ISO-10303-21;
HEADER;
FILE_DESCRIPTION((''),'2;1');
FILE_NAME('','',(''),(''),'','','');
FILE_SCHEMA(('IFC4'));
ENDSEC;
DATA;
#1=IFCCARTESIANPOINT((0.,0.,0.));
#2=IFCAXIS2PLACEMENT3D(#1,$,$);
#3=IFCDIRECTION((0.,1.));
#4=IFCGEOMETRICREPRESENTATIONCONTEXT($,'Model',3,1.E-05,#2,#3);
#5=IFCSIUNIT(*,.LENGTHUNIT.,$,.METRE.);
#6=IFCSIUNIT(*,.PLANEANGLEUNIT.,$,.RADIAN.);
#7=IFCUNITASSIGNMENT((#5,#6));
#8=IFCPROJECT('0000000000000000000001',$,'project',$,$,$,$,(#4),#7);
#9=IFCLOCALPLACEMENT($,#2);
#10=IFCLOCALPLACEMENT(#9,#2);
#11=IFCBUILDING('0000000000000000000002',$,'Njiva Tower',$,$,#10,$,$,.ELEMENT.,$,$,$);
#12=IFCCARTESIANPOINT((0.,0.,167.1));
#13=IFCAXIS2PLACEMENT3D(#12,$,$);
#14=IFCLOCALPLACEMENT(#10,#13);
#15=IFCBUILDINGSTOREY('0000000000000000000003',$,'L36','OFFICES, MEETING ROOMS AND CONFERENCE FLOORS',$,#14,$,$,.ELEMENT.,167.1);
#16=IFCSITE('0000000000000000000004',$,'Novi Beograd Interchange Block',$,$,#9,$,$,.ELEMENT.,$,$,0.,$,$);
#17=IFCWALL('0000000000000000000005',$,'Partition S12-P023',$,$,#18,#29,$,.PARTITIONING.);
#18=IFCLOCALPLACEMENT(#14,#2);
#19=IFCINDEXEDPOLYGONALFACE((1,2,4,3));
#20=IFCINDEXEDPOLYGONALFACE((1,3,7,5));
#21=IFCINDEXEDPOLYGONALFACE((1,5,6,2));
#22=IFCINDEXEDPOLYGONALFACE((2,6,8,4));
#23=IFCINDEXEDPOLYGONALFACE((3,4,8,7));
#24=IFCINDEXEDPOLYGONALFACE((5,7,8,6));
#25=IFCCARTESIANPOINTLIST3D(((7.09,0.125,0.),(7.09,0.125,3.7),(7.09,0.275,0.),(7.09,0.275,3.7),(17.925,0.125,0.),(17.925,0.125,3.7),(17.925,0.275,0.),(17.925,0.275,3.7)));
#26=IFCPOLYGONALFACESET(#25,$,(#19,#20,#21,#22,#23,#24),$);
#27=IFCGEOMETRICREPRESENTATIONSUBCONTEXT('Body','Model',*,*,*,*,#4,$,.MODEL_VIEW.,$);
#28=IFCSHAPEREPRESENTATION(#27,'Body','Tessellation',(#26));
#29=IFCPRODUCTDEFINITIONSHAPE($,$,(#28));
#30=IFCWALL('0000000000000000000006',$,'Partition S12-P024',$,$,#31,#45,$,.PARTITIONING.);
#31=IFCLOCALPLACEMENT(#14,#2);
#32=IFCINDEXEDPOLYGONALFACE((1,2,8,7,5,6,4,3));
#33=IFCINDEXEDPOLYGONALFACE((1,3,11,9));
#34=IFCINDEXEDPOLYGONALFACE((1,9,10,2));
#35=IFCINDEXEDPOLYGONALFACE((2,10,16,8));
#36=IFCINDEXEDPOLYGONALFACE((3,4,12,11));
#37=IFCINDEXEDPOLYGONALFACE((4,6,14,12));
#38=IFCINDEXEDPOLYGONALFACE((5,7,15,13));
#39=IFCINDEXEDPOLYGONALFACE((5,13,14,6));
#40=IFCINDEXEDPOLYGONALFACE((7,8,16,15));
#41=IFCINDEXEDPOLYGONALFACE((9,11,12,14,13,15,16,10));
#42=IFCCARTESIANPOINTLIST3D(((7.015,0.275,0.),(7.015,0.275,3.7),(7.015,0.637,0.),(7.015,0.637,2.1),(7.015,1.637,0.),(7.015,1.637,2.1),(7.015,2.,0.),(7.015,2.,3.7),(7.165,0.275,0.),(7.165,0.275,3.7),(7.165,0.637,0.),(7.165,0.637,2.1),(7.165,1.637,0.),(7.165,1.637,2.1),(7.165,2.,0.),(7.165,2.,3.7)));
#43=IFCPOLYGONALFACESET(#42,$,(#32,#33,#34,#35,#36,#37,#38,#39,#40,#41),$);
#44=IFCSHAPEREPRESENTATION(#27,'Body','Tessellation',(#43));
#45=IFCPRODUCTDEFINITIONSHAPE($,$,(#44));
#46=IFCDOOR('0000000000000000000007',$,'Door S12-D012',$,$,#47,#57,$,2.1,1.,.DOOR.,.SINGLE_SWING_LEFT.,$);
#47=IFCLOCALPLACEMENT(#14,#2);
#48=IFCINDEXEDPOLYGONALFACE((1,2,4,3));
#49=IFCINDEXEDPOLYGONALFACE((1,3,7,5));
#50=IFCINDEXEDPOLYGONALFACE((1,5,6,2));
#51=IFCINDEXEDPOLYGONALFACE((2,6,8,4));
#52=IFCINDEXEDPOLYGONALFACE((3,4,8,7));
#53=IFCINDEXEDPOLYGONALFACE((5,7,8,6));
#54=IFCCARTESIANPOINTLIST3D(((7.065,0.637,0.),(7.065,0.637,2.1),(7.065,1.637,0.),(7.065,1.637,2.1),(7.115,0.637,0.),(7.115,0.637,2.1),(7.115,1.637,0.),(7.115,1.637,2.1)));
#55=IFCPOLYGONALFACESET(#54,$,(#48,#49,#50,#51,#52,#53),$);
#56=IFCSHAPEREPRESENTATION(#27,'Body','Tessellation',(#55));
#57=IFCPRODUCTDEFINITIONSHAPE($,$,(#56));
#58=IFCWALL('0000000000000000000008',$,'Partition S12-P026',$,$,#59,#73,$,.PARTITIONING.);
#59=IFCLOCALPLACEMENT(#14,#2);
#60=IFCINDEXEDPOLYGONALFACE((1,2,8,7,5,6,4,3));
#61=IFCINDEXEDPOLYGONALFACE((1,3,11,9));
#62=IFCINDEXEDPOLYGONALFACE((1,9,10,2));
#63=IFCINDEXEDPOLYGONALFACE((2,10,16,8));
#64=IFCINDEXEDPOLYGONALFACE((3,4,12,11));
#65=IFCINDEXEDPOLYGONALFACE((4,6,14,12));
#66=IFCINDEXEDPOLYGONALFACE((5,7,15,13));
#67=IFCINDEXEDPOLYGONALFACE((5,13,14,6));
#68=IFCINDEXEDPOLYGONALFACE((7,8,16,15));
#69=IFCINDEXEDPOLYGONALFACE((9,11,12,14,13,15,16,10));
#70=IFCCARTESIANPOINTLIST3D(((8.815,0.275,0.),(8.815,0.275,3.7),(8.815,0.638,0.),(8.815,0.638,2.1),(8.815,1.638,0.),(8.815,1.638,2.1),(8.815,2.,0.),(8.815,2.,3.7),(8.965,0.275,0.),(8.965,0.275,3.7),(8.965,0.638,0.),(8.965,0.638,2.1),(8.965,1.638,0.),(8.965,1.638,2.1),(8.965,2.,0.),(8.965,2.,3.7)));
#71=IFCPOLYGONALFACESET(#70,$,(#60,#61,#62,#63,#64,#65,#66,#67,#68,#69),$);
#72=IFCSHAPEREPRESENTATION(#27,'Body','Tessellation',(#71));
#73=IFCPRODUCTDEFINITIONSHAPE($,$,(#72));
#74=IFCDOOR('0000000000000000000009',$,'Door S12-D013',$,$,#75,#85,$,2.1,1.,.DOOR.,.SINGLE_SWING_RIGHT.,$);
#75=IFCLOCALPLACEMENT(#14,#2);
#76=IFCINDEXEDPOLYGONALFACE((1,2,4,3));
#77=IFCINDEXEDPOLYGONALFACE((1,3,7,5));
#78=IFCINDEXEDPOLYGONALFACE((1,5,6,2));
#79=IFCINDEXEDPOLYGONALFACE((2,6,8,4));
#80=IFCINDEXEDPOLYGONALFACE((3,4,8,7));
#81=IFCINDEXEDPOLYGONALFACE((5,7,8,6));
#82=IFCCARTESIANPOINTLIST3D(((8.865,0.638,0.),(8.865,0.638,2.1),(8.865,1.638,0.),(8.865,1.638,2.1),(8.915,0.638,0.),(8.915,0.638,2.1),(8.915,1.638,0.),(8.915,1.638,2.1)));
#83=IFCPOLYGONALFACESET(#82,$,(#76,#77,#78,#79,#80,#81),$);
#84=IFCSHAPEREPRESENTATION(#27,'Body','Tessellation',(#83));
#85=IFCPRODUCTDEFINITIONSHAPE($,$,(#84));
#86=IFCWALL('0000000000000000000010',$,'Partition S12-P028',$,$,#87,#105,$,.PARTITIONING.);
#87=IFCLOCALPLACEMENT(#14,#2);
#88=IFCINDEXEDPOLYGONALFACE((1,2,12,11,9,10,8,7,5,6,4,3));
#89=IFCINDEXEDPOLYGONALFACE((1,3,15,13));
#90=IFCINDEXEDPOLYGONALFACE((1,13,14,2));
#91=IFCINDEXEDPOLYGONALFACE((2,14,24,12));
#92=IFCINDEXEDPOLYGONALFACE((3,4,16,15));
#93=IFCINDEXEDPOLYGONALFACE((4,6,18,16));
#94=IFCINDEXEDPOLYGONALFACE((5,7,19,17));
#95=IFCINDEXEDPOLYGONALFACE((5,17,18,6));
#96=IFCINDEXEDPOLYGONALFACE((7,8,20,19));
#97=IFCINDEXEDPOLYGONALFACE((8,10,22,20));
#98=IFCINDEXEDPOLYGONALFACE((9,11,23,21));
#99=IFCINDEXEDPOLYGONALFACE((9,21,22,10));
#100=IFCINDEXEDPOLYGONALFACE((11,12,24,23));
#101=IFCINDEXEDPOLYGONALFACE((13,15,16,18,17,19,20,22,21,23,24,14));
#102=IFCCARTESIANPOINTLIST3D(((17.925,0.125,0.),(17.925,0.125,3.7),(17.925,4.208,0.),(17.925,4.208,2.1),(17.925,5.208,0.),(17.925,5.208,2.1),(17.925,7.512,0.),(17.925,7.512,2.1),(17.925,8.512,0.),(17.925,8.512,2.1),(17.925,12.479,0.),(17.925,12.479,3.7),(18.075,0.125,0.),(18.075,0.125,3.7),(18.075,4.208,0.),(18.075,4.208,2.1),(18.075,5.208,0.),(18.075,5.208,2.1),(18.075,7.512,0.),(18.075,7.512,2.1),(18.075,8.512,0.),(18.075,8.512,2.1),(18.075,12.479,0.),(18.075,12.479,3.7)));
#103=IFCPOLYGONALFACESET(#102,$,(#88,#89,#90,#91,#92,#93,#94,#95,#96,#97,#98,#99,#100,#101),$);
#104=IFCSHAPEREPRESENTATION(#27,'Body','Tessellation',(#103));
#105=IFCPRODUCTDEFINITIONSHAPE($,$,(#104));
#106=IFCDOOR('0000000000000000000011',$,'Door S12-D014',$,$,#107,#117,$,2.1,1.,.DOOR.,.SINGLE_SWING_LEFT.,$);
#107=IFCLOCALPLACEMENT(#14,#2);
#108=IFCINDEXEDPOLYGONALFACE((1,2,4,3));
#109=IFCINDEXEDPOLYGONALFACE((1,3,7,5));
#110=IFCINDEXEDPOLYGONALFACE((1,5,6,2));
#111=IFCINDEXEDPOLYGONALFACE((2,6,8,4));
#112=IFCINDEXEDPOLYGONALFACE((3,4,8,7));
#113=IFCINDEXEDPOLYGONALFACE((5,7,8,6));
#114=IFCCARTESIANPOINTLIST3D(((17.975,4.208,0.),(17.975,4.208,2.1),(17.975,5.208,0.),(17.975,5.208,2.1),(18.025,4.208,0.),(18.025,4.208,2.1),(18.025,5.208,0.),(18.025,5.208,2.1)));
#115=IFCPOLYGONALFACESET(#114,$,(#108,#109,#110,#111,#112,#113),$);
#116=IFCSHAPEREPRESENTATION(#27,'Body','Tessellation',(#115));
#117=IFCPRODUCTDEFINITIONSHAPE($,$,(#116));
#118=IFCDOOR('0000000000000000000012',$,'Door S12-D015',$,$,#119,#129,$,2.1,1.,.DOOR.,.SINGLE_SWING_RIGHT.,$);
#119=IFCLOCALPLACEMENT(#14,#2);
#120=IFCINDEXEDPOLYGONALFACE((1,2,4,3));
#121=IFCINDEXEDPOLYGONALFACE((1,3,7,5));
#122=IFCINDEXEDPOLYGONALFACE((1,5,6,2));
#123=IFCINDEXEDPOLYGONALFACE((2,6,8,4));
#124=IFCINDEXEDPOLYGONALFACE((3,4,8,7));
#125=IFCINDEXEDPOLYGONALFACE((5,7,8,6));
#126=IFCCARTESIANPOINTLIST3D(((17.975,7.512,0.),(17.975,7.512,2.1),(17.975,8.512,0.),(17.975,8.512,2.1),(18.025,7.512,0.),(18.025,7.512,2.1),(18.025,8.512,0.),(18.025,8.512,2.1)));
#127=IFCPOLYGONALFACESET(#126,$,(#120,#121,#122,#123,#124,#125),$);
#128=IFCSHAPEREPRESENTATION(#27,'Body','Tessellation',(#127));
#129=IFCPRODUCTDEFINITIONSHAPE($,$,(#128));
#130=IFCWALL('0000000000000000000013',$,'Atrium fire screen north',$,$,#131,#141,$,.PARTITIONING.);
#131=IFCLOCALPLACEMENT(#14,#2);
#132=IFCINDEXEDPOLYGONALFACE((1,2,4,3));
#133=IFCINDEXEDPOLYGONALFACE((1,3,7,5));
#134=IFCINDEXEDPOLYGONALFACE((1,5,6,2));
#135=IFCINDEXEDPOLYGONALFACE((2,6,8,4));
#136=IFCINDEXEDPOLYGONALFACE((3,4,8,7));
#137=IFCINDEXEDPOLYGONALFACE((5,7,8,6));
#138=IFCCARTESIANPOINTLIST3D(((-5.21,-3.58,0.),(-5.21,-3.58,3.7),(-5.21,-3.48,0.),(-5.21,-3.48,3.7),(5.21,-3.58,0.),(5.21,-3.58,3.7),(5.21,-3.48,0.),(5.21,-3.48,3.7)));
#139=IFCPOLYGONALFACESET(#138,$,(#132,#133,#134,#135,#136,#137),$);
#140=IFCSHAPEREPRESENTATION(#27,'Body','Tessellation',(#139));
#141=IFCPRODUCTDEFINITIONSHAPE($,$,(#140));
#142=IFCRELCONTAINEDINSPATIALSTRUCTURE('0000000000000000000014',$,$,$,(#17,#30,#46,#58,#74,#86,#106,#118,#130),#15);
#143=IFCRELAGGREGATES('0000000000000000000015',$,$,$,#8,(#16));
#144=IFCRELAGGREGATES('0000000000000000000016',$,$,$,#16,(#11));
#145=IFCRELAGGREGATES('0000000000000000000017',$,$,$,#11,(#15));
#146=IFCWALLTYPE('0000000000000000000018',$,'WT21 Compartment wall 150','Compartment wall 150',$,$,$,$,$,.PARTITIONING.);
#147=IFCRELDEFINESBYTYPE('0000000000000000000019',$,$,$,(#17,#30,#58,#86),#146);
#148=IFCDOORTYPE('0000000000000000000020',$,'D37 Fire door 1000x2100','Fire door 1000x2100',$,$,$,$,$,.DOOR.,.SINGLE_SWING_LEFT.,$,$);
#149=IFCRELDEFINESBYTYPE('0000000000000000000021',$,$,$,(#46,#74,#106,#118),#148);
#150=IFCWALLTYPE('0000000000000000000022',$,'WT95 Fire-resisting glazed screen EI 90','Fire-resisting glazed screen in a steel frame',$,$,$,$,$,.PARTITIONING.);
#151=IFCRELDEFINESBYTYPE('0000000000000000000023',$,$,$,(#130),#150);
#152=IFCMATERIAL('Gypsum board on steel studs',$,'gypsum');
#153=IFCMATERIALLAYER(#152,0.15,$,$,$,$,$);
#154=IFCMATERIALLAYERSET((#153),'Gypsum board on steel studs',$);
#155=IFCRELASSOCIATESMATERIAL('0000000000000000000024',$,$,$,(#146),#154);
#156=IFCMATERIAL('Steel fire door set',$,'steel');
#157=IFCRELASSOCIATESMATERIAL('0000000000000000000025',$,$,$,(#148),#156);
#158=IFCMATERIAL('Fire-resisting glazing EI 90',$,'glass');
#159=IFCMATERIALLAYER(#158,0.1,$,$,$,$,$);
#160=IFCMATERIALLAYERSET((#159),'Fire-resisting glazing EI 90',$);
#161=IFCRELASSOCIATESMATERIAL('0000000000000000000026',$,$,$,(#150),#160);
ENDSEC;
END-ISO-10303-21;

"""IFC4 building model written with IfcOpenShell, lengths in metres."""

from ifc_helpers import new_model, si_unit, direction, frame, frame_2d, origin, place, context, subcontext, project, spatial, rectangle, extrude, material, layer, layer_set, type_object, element, fill, save


model = new_model("IFC4")

# Units and contexts
model_context = context("Model", 3, precision=1e-05, world=origin(), true_north=direction((0.0, 1.0)))
body_context = subcontext(model_context, "Body", "Model", "MODEL_VIEW")
ifc_project = project(units=[si_unit("LENGTHUNIT", "METRE"), si_unit("PLANEANGLEUNIT", "RADIAN")], contexts=[model_context])

# Site, building, storey
site_placement = place(None, origin())
site = spatial("IfcSite", under=ifc_project, at=site_placement, Name="Novi Beograd Interchange Block", CompositionType="ELEMENT", RefElevation=0.0)
building_placement = place(site_placement, origin())
building = spatial("IfcBuilding", under=site, at=building_placement, Name="Njiva Tower", CompositionType="ELEMENT")
storey_placement = place(building_placement, frame((0.0, 0.0, 167.1)))
storey = spatial("IfcBuildingStorey", under=building, at=storey_placement, Name="L36", Description="OFFICES, MEETING ROOMS AND CONFERENCE FLOORS", CompositionType="ELEMENT", Elevation=167.1)

# Wall
ifc_material_1 = material(Name="Gypsum board on steel studs", Category="gypsum")
ifc_layer_1 = layer(ifc_material_1, 0.15)
ifc_layer_set_1 = layer_set([ifc_layer_1], Name="Gypsum board on steel studs")
wall_type_1 = type_object("IfcWallType", Name="WT21 Compartment wall 150", Description="Compartment wall 150", PredefinedType="PARTITIONING", material=ifc_layer_set_1)
wall_1_placement = place(storey_placement, frame((7.09, 0.2, 0.0), z_axis=(0.0, 0.0, 1.0), x_axis=(1.0, 0.0, 0.0)))
element("IfcWall", 1, at=wall_1_placement, inside=storey, type_object=wall_type_1, Name="Partition S12-P023", PredefinedType="PARTITIONING", context=body_context, shape_type="SweptSolid", body=[
    extrude(rectangle(XDim=10.835, YDim=0.15, at=frame_2d((5.4175, 0.0))), origin(), (0.0, 0.0, 1.0), 3.7),
])

# Walls, openings, doors
wall_2_placement = place(storey_placement, frame((7.09, 0.275, 0.0), z_axis=(0.0, 0.0, 1.0), x_axis=(0.0, 1.0, 0.0)))
wall_2 = element("IfcWall", 2, at=wall_2_placement, inside=storey, type_object=wall_type_1, Name="Partition S12-P024", PredefinedType="PARTITIONING", context=body_context, shape_type="SweptSolid", body=[
    extrude(rectangle(XDim=1.725, YDim=0.15, at=frame_2d((0.8625, 0.0))), origin(), (0.0, 0.0, 1.0), 3.7),
])
opening_1_placement = place(wall_2_placement, frame((0.362, 0.0, 0.0)))
opening_1 = element("IfcOpeningElement", 3, at=opening_1_placement, cuts=wall_2, PredefinedType="OPENING", context=body_context, shape_type="SweptSolid", body=[
    extrude(rectangle(XDim=1.0, YDim=2.1, at=frame_2d((0.5, 1.05))), frame((0.0, 0.085, 0.0), z_axis=(0.0, -1.0, 0.0), x_axis=(1.0, 0.0, 0.0)), (0.0, 0.0, 1.0), 0.17),
])
ifc_material_2 = material(Name="Steel fire door set", Category="steel")
door_type = type_object("IfcDoorType", Name="D37 Fire door 1000x2100", Description="Fire door 1000x2100", OperationType="SINGLE_SWING_LEFT", PredefinedType="DOOR", material=ifc_material_2)
door_1_placement = place(opening_1_placement, origin())
door_1 = element("IfcDoor", 4, at=door_1_placement, inside=storey, type_object=door_type, Name="Door S12-D012", OperationType="SINGLE_SWING_LEFT", OverallHeight=2.1, OverallWidth=1.0, PredefinedType="DOOR", context=body_context, shape_type="SweptSolid", body=[
    extrude(rectangle(XDim=1.0, YDim=2.1, at=frame_2d((0.5, 1.05))), frame((0.0, 0.025, 0.0), z_axis=(0.0, -1.0, 0.0), x_axis=(1.0, 0.0, 0.0)), (0.0, 0.0, 1.0), 0.05),
])
fill(opening_1, door_1)
wall_3_placement = place(storey_placement, frame((8.89, 0.275, 0.0), z_axis=(0.0, 0.0, 1.0), x_axis=(0.0, 1.0, 0.0)))
wall_3 = element("IfcWall", 5, at=wall_3_placement, inside=storey, type_object=wall_type_1, Name="Partition S12-P026", PredefinedType="PARTITIONING", context=body_context, shape_type="SweptSolid", body=[
    extrude(rectangle(XDim=1.725, YDim=0.15, at=frame_2d((0.8625, 0.0))), origin(), (0.0, 0.0, 1.0), 3.7),
])
opening_2_placement = place(wall_3_placement, frame((0.363, 0.0, 0.0)))
opening_2 = element("IfcOpeningElement", 6, at=opening_2_placement, cuts=wall_3, PredefinedType="OPENING", context=body_context, shape_type="SweptSolid", body=[
    extrude(rectangle(XDim=1.0, YDim=2.1, at=frame_2d((0.5, 1.05))), frame((0.0, 0.085, 0.0), z_axis=(0.0, -1.0, 0.0), x_axis=(1.0, 0.0, 0.0)), (0.0, 0.0, 1.0), 0.17),
])
door_2_placement = place(opening_2_placement, origin())
door_2 = element("IfcDoor", 7, at=door_2_placement, inside=storey, type_object=door_type, Name="Door S12-D013", OperationType="SINGLE_SWING_RIGHT", OverallHeight=2.1, OverallWidth=1.0, PredefinedType="DOOR", context=body_context, shape_type="SweptSolid", body=[
    extrude(rectangle(XDim=1.0, YDim=2.1, at=frame_2d((0.5, 1.05))), frame((0.0, 0.025, 0.0), z_axis=(0.0, -1.0, 0.0), x_axis=(1.0, 0.0, 0.0)), (0.0, 0.0, 1.0), 0.05),
])
fill(opening_2, door_2)

# Wall, openings, doors
wall_4_placement = place(storey_placement, frame((18.0, 0.125, 0.0), z_axis=(0.0, 0.0, 1.0), x_axis=(0.0, 1.0, 0.0)))
wall_4 = element("IfcWall", 8, at=wall_4_placement, inside=storey, type_object=wall_type_1, Name="Partition S12-P028", PredefinedType="PARTITIONING", context=body_context, shape_type="SweptSolid", body=[
    extrude(rectangle(XDim=12.354, YDim=0.15, at=frame_2d((6.177, 0.0))), origin(), (0.0, 0.0, 1.0), 3.7),
])
opening_3_placement = place(wall_4_placement, frame((4.083, 0.0, 0.0)))
opening_3 = element("IfcOpeningElement", 9, at=opening_3_placement, cuts=wall_4, PredefinedType="OPENING", context=body_context, shape_type="SweptSolid", body=[
    extrude(rectangle(XDim=1.0, YDim=2.1, at=frame_2d((0.5, 1.05))), frame((0.0, 0.085, 0.0), z_axis=(0.0, -1.0, 0.0), x_axis=(1.0, 0.0, 0.0)), (0.0, 0.0, 1.0), 0.17),
])
opening_4_placement = place(wall_4_placement, frame((7.387, 0.0, 0.0)))
opening_4 = element("IfcOpeningElement", 10, at=opening_4_placement, cuts=wall_4, PredefinedType="OPENING", context=body_context, shape_type="SweptSolid", body=[
    extrude(rectangle(XDim=1.0, YDim=2.1, at=frame_2d((0.5, 1.05))), frame((0.0, 0.085, 0.0), z_axis=(0.0, -1.0, 0.0), x_axis=(1.0, 0.0, 0.0)), (0.0, 0.0, 1.0), 0.17),
])
door_3_placement = place(opening_3_placement, origin())
door_3 = element("IfcDoor", 11, at=door_3_placement, inside=storey, type_object=door_type, Name="Door S12-D014", OperationType="SINGLE_SWING_LEFT", OverallHeight=2.1, OverallWidth=1.0, PredefinedType="DOOR", context=body_context, shape_type="SweptSolid", body=[
    extrude(rectangle(XDim=1.0, YDim=2.1, at=frame_2d((0.5, 1.05))), frame((0.0, 0.025, 0.0), z_axis=(0.0, -1.0, 0.0), x_axis=(1.0, 0.0, 0.0)), (0.0, 0.0, 1.0), 0.05),
])
fill(opening_3, door_3)
door_4_placement = place(opening_4_placement, origin())
door_4 = element("IfcDoor", 12, at=door_4_placement, inside=storey, type_object=door_type, Name="Door S12-D015", OperationType="SINGLE_SWING_RIGHT", OverallHeight=2.1, OverallWidth=1.0, PredefinedType="DOOR", context=body_context, shape_type="SweptSolid", body=[
    extrude(rectangle(XDim=1.0, YDim=2.1, at=frame_2d((0.5, 1.05))), frame((0.0, 0.025, 0.0), z_axis=(0.0, -1.0, 0.0), x_axis=(1.0, 0.0, 0.0)), (0.0, 0.0, 1.0), 0.05),
])
fill(opening_4, door_4)

# Wall
ifc_material_3 = material(Name="Fire-resisting glazing EI 90", Category="glass")
ifc_layer_2 = layer(ifc_material_3, 0.1)
ifc_layer_set_2 = layer_set([ifc_layer_2], Name="Fire-resisting glazing EI 90")
wall_type_2 = type_object("IfcWallType", Name="WT95 Fire-resisting glazed screen EI 90", Description="Fire-resisting glazed screen in a steel frame", PredefinedType="PARTITIONING", material=ifc_layer_set_2)
wall_5_placement = place(storey_placement, frame((5.21, -3.53, 0.0), z_axis=(0.0, 0.0, 1.0), x_axis=(-1.0, 0.0, 0.0)))
element("IfcWall", 13, at=wall_5_placement, inside=storey, type_object=wall_type_2, Name="Atrium fire screen north", PredefinedType="PARTITIONING", context=body_context, shape_type="SweptSolid", body=[
    extrude(rectangle(XDim=10.42, YDim=0.1, at=frame_2d((5.21, 0.0))), origin(), (0.0, 0.0, 1.0), 3.7),
])

save(model, "model.ifc")
